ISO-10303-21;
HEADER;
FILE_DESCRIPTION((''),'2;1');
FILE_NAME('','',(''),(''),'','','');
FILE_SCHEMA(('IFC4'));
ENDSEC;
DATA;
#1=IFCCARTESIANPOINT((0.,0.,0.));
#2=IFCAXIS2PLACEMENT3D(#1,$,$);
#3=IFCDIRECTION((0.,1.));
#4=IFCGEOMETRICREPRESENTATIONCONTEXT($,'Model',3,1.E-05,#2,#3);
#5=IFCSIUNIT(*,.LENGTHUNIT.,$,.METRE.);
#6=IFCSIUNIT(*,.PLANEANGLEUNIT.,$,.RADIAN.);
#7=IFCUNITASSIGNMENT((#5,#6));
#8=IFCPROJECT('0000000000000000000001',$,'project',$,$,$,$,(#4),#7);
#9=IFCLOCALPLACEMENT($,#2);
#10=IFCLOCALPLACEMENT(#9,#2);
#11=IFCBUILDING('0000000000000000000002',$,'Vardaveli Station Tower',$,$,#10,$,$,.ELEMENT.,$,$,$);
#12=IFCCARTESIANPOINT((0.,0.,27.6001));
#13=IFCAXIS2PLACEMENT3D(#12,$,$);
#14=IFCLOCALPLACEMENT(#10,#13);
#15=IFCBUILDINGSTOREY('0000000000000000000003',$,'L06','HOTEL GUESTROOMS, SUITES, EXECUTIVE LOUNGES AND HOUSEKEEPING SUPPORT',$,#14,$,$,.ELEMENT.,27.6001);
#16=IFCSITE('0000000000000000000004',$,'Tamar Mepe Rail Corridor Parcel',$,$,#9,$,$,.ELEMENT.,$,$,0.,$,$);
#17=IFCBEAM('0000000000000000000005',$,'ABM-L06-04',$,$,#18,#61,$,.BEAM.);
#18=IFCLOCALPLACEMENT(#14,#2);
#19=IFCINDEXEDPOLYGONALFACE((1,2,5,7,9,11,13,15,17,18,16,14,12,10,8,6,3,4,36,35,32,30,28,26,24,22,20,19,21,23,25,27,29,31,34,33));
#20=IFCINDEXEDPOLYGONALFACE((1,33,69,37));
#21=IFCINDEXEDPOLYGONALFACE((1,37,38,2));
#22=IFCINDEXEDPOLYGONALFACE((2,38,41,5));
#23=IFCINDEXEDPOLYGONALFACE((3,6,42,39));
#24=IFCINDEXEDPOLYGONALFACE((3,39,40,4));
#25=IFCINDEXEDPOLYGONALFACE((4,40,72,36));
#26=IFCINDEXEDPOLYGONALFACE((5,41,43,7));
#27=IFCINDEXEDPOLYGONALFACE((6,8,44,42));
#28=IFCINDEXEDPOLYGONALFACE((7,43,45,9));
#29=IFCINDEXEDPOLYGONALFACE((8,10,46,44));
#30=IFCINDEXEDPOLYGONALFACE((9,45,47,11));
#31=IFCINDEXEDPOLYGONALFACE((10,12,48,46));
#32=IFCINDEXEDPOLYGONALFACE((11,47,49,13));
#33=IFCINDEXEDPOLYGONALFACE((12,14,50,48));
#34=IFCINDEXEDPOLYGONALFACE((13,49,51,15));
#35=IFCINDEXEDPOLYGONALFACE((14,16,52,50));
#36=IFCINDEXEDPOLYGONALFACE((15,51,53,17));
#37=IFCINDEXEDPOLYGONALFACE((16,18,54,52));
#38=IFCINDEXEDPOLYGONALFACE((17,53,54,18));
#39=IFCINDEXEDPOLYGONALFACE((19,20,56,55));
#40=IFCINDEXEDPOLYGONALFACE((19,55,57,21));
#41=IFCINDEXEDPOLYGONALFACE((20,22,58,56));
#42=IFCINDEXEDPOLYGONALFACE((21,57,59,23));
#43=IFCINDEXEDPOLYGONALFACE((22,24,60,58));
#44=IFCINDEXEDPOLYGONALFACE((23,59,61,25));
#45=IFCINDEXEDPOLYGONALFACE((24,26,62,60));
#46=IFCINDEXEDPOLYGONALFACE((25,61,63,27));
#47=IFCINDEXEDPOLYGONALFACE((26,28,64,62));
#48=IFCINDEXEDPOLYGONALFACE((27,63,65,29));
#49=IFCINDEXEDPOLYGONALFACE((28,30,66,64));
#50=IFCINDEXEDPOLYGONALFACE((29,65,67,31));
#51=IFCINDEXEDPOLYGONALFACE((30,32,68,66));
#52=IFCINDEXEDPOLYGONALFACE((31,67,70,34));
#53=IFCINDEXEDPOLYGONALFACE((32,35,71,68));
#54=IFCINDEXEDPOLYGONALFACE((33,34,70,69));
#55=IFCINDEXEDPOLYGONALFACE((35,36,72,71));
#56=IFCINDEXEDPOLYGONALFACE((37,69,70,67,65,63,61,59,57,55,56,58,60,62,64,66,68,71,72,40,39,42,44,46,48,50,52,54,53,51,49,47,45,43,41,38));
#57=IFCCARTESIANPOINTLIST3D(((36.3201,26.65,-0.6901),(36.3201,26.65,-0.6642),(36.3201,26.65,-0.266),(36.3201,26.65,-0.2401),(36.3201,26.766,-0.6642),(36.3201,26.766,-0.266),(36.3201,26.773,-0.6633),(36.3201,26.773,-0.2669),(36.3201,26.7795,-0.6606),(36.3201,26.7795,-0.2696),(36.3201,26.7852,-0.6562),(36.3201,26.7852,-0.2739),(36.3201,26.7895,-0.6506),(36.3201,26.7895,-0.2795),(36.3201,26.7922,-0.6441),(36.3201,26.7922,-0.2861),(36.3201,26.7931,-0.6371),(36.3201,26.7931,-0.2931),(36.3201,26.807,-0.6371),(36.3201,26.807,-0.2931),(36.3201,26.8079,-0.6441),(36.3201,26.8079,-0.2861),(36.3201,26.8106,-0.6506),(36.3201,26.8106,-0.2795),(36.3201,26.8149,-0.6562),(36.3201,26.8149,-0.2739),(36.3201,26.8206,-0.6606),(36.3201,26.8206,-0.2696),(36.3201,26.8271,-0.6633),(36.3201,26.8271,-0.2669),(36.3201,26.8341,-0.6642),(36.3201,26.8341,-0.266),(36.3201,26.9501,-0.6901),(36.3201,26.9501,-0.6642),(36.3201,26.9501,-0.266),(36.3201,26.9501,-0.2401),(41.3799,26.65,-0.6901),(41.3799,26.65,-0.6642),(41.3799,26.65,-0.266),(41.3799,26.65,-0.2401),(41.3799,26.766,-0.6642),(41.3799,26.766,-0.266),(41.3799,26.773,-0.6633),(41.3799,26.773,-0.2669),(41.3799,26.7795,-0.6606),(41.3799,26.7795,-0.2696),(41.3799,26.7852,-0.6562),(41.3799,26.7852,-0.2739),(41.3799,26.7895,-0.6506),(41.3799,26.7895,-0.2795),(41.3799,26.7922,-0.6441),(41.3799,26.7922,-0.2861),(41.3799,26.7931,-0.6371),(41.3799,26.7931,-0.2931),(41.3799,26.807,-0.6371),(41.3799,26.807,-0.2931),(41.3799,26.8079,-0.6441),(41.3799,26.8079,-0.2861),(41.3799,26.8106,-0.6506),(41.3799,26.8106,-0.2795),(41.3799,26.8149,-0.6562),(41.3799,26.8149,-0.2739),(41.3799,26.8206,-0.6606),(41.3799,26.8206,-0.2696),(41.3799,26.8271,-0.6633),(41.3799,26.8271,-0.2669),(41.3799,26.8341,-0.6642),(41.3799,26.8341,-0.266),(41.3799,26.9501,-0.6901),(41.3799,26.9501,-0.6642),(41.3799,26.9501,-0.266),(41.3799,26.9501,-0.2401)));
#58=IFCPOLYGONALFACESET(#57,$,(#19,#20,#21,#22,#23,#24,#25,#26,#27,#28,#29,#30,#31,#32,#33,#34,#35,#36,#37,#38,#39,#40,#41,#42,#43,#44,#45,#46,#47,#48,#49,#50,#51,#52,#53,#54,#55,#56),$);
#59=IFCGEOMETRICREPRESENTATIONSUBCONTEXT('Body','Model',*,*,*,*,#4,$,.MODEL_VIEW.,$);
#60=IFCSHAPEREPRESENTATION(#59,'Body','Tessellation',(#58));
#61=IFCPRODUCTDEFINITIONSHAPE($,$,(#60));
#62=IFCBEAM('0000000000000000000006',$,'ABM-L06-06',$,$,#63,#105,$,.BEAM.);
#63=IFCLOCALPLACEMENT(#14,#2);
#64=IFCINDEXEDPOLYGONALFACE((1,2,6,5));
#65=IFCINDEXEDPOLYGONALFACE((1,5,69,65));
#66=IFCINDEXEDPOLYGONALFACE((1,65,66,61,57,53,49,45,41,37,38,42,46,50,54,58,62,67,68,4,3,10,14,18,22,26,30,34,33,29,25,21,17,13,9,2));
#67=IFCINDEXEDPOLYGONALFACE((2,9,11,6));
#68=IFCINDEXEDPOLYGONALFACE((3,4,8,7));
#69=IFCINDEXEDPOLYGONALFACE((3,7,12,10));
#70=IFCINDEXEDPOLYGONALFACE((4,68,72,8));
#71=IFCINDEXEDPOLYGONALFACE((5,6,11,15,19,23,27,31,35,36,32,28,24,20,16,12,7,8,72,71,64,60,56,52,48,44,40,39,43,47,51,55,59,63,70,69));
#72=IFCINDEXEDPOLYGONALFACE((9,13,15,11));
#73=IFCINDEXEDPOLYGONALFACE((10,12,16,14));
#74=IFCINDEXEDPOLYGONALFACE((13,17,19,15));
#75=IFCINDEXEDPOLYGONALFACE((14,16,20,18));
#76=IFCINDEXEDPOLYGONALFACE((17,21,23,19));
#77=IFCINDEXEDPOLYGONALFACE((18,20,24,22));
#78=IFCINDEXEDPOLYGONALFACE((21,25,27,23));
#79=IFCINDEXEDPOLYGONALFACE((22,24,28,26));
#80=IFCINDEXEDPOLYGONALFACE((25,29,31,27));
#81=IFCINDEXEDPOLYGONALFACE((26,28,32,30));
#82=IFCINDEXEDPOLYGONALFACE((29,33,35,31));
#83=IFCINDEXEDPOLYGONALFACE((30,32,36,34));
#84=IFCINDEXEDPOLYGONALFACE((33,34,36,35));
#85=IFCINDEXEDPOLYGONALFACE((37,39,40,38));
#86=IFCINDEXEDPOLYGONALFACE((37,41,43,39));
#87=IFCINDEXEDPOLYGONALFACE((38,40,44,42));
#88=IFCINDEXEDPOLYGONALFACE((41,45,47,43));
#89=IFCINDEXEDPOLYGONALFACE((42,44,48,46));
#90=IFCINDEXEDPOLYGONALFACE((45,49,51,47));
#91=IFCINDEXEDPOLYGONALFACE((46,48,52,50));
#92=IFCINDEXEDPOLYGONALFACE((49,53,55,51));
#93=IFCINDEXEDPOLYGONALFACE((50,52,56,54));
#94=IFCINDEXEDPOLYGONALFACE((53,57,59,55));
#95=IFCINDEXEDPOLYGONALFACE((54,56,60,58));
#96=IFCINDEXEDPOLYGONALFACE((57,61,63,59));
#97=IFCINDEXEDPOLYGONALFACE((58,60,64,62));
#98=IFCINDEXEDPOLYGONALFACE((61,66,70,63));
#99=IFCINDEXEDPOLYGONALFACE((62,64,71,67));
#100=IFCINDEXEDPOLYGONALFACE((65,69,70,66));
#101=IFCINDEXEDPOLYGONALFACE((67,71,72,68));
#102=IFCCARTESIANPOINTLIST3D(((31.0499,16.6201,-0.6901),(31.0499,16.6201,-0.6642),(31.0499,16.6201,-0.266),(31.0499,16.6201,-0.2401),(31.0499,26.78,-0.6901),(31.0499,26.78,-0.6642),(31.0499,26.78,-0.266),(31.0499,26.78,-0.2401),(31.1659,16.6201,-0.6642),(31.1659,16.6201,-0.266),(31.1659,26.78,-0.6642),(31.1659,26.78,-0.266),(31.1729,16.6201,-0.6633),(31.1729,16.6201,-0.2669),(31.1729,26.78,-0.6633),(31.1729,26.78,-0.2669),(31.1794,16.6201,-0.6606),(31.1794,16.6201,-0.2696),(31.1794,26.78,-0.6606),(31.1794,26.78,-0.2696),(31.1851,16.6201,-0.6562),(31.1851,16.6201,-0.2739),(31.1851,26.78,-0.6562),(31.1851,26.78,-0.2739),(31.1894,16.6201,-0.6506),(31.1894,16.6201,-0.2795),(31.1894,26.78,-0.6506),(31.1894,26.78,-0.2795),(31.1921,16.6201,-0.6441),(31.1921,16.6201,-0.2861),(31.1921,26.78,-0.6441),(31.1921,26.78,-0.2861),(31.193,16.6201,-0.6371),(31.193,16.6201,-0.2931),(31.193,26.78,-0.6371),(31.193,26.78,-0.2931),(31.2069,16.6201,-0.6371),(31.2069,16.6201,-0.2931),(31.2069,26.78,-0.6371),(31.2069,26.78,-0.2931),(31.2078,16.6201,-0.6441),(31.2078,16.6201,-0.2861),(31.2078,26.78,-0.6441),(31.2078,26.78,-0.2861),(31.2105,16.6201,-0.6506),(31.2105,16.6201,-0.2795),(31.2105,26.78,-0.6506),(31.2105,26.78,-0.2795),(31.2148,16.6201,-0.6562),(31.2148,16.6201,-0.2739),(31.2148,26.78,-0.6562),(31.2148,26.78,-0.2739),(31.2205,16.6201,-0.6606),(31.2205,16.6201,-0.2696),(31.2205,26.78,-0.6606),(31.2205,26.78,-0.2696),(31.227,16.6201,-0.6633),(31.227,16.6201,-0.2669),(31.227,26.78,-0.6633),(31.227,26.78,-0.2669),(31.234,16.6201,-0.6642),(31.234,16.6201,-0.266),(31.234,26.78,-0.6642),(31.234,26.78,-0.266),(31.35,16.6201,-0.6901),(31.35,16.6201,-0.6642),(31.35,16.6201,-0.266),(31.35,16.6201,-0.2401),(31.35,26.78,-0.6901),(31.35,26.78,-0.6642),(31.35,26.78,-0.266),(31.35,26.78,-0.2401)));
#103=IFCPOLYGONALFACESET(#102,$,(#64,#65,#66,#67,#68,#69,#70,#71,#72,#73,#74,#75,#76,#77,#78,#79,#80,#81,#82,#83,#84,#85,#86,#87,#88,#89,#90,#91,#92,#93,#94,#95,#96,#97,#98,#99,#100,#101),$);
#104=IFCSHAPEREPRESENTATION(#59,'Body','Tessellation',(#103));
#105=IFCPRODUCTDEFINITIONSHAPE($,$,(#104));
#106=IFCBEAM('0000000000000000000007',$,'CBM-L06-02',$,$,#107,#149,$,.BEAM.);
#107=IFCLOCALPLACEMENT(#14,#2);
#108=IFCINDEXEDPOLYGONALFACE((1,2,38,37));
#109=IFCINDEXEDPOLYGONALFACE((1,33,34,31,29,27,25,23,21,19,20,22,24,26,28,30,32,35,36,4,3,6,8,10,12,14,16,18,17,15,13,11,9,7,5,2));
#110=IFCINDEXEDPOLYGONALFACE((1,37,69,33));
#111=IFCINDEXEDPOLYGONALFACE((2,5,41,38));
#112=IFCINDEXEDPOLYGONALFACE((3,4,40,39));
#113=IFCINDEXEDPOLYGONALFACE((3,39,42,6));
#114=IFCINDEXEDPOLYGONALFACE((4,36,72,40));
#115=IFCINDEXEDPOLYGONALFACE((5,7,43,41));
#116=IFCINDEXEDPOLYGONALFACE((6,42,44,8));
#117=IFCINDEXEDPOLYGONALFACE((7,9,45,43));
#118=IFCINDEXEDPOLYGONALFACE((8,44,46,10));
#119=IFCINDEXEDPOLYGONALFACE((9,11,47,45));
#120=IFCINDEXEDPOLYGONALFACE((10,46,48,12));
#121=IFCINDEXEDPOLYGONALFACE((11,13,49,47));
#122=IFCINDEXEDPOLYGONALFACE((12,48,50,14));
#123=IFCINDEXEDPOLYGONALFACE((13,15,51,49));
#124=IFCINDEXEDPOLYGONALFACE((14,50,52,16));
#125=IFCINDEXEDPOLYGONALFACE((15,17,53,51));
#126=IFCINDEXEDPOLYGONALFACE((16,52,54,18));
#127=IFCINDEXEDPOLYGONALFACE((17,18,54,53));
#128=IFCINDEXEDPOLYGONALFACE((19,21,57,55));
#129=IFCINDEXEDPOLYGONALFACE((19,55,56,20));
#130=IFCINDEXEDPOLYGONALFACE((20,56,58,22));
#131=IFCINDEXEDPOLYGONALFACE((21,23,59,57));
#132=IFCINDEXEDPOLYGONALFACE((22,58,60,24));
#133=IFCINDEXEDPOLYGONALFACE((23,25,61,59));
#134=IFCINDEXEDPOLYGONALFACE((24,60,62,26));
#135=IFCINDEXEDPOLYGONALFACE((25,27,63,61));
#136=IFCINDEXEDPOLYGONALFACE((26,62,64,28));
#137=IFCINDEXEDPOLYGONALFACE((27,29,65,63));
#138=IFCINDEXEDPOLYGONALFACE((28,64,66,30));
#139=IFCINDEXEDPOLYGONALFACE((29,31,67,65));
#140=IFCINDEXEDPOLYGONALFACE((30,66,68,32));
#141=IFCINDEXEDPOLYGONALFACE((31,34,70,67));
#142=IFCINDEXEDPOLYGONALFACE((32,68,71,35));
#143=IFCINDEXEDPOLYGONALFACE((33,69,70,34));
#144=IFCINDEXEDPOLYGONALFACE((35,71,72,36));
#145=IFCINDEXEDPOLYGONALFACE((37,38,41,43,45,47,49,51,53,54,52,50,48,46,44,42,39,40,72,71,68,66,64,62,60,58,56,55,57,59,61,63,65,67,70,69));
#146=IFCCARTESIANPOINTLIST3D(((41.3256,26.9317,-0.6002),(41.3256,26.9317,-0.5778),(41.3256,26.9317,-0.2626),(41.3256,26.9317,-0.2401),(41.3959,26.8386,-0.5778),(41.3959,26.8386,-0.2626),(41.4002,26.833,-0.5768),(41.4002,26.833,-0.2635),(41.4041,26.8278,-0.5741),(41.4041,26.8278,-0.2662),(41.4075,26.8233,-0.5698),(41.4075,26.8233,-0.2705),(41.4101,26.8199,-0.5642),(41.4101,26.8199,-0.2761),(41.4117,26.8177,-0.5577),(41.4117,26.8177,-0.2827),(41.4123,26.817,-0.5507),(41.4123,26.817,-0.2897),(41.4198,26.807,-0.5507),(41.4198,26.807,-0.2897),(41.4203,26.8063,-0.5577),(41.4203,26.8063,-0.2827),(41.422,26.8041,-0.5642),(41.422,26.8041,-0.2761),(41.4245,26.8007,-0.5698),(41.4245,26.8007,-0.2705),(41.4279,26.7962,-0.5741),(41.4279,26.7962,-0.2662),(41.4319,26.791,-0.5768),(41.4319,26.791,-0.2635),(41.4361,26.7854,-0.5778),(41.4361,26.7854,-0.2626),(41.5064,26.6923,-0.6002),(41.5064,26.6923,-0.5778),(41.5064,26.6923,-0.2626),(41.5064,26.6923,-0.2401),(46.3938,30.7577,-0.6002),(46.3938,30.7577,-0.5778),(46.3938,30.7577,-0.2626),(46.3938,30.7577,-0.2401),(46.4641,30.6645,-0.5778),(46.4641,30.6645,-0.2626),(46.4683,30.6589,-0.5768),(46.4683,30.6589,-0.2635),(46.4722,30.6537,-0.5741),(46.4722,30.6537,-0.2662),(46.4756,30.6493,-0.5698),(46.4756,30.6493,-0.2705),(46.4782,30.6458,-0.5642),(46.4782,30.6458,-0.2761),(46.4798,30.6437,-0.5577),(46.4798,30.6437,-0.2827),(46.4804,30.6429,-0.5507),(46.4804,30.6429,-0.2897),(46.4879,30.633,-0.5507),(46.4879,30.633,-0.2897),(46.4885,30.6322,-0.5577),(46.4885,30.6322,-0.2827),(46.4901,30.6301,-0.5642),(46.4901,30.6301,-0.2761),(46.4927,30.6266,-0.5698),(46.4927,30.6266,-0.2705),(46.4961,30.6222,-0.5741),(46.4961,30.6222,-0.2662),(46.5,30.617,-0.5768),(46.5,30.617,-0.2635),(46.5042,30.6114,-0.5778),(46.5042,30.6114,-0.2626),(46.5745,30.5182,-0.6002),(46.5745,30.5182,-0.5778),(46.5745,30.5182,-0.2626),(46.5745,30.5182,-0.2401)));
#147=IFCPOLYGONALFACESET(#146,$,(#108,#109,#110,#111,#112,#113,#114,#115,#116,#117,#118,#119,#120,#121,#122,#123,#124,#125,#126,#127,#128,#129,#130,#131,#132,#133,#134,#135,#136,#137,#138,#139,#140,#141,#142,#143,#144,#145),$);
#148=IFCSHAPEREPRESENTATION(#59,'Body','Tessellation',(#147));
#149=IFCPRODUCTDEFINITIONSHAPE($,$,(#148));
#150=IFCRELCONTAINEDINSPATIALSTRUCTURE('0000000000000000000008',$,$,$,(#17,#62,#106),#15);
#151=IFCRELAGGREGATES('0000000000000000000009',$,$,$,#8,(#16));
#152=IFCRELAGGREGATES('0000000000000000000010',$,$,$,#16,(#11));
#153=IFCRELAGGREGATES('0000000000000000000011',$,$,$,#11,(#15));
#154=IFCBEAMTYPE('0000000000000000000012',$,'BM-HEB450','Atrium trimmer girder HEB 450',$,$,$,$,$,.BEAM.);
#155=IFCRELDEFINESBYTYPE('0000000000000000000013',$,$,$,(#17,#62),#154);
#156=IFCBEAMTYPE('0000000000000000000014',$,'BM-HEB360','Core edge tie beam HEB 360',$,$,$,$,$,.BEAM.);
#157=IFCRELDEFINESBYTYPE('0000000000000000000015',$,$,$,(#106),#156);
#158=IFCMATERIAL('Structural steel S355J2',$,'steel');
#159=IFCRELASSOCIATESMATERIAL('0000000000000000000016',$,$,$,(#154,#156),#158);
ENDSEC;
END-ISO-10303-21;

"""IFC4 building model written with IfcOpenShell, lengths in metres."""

from ifc_helpers import new_model, si_unit, direction, frame, origin, origin_2d, place, context, subcontext, project, spatial, i_section, extrude, source, transform, mapped, material, material_profile, profile_set, type_object, element, save


model = new_model("IFC4")

# Units and contexts
model_context = context("Model", 3, precision=1e-05, world=origin(), true_north=direction((0.0, 1.0)))
body_context = subcontext(model_context, "Body", "Model", "MODEL_VIEW")
ifc_project = project(units=[si_unit("LENGTHUNIT", "METRE"), si_unit("PLANEANGLEUNIT", "RADIAN")], contexts=[model_context])

# Site, building, storey
site_placement = place(None, origin())
site = spatial("IfcSite", under=ifc_project, at=site_placement, Name="Tamar Mepe Rail Corridor Parcel", CompositionType="ELEMENT", RefElevation=0.0)
building_placement = place(site_placement, origin())
building = spatial("IfcBuilding", under=site, at=building_placement, Name="Vardaveli Station Tower", CompositionType="ELEMENT")
storey_placement = place(building_placement, frame((0.0, 0.0, 27.6001)))
storey = spatial("IfcBuildingStorey", under=building, at=storey_placement, Name="L06", Description="HOTEL GUESTROOMS, SUITES, EXECUTIVE LOUNGES AND HOUSEKEEPING SUPPORT", CompositionType="ELEMENT", Elevation=27.6001)

# Beams
ifc_material_1 = material(Name="Structural steel S355J2", Category="steel")
ifc_material_profile_1 = material_profile(ifc_material_1, i_section(OverallWidth=0.3, OverallDepth=0.45, WebThickness=0.0139, FlangeThickness=0.0259, FilletRadius=0.0271, at=origin_2d()), Name="HEB 450")
ifc_profile_set_1 = profile_set([ifc_material_profile_1], Name="Structural steel S355J2")
beam_type_1 = type_object("IfcBeamType", Name="BM-HEB450", Description="Atrium trimmer girder HEB 450", PredefinedType="BEAM", material=ifc_profile_set_1)
shared_shape_1 = source(origin(), body_context, "Body", "SweptSolid", [
    extrude(i_section(OverallWidth=0.3, OverallDepth=0.45, WebThickness=0.0139, FlangeThickness=0.0259, FilletRadius=0.0271, at=origin_2d()), origin(), (0.0, 0.0, 1.0), 5.0598),
])
beam_1_placement = place(storey_placement, frame((41.3799, 26.8, -0.4651), z_axis=(-1.0, 0.0, 0.0), x_axis=(0.0, -1.0, 0.0)))
element("IfcBeam", 1, at=beam_1_placement, inside=storey, type_object=beam_type_1, Name="ABM-L06-04", PredefinedType="BEAM", context=body_context, shape_type="MappedRepresentation", body=[
    mapped(shared_shape_1, transform((0.0, 0.0, 0.0), scale=1.0)),
])
shared_shape_2 = source(origin(), body_context, "Body", "SweptSolid", [
    extrude(i_section(OverallWidth=0.3, OverallDepth=0.45, WebThickness=0.0139, FlangeThickness=0.0259, FilletRadius=0.0271, at=origin_2d()), origin(), (0.0, 0.0, 1.0), 10.1599),
])
beam_2_placement = place(storey_placement, frame((31.2, 26.78, -0.4651), z_axis=(0.0, -1.0, 0.0), x_axis=(1.0, 0.0, 0.0)))
element("IfcBeam", 2, at=beam_2_placement, inside=storey, type_object=beam_type_1, Name="ABM-L06-06", PredefinedType="BEAM", context=body_context, shape_type="MappedRepresentation", body=[
    mapped(shared_shape_2, transform((0.0, 0.0, 0.0), scale=1.0)),
])
ifc_material_profile_2 = material_profile(ifc_material_1, i_section(OverallWidth=0.3, OverallDepth=0.3601, WebThickness=0.0125, FlangeThickness=0.0225, FilletRadius=0.0271, at=origin_2d()), Name="HEB 360")
ifc_profile_set_2 = profile_set([ifc_material_profile_2], Name="Structural steel S355J2")
beam_type_2 = type_object("IfcBeamType", Name="BM-HEB360", Description="Core edge tie beam HEB 360", PredefinedType="BEAM", material=ifc_profile_set_2)
shared_shape_3 = source(origin(), body_context, "Body", "SweptSolid", [
    extrude(i_section(OverallWidth=0.3, OverallDepth=0.3601, WebThickness=0.0125, FlangeThickness=0.0225, FilletRadius=0.0271, at=origin_2d()), origin(), (0.0, 0.0, 1.0), 6.3501),
])
beam_3_placement = place(storey_placement, frame((41.416, 26.812, -0.4202), z_axis=(0.798118, 0.602501, 0.0), x_axis=(-0.602501, 0.798118, 0.0)))
element("IfcBeam", 3, at=beam_3_placement, inside=storey, type_object=beam_type_2, Name="CBM-L06-02", PredefinedType="BEAM", context=body_context, shape_type="MappedRepresentation", body=[
    mapped(shared_shape_3, transform((0.0, 0.0, 0.0), scale=1.0)),
])

save(model, "model.ifc")
